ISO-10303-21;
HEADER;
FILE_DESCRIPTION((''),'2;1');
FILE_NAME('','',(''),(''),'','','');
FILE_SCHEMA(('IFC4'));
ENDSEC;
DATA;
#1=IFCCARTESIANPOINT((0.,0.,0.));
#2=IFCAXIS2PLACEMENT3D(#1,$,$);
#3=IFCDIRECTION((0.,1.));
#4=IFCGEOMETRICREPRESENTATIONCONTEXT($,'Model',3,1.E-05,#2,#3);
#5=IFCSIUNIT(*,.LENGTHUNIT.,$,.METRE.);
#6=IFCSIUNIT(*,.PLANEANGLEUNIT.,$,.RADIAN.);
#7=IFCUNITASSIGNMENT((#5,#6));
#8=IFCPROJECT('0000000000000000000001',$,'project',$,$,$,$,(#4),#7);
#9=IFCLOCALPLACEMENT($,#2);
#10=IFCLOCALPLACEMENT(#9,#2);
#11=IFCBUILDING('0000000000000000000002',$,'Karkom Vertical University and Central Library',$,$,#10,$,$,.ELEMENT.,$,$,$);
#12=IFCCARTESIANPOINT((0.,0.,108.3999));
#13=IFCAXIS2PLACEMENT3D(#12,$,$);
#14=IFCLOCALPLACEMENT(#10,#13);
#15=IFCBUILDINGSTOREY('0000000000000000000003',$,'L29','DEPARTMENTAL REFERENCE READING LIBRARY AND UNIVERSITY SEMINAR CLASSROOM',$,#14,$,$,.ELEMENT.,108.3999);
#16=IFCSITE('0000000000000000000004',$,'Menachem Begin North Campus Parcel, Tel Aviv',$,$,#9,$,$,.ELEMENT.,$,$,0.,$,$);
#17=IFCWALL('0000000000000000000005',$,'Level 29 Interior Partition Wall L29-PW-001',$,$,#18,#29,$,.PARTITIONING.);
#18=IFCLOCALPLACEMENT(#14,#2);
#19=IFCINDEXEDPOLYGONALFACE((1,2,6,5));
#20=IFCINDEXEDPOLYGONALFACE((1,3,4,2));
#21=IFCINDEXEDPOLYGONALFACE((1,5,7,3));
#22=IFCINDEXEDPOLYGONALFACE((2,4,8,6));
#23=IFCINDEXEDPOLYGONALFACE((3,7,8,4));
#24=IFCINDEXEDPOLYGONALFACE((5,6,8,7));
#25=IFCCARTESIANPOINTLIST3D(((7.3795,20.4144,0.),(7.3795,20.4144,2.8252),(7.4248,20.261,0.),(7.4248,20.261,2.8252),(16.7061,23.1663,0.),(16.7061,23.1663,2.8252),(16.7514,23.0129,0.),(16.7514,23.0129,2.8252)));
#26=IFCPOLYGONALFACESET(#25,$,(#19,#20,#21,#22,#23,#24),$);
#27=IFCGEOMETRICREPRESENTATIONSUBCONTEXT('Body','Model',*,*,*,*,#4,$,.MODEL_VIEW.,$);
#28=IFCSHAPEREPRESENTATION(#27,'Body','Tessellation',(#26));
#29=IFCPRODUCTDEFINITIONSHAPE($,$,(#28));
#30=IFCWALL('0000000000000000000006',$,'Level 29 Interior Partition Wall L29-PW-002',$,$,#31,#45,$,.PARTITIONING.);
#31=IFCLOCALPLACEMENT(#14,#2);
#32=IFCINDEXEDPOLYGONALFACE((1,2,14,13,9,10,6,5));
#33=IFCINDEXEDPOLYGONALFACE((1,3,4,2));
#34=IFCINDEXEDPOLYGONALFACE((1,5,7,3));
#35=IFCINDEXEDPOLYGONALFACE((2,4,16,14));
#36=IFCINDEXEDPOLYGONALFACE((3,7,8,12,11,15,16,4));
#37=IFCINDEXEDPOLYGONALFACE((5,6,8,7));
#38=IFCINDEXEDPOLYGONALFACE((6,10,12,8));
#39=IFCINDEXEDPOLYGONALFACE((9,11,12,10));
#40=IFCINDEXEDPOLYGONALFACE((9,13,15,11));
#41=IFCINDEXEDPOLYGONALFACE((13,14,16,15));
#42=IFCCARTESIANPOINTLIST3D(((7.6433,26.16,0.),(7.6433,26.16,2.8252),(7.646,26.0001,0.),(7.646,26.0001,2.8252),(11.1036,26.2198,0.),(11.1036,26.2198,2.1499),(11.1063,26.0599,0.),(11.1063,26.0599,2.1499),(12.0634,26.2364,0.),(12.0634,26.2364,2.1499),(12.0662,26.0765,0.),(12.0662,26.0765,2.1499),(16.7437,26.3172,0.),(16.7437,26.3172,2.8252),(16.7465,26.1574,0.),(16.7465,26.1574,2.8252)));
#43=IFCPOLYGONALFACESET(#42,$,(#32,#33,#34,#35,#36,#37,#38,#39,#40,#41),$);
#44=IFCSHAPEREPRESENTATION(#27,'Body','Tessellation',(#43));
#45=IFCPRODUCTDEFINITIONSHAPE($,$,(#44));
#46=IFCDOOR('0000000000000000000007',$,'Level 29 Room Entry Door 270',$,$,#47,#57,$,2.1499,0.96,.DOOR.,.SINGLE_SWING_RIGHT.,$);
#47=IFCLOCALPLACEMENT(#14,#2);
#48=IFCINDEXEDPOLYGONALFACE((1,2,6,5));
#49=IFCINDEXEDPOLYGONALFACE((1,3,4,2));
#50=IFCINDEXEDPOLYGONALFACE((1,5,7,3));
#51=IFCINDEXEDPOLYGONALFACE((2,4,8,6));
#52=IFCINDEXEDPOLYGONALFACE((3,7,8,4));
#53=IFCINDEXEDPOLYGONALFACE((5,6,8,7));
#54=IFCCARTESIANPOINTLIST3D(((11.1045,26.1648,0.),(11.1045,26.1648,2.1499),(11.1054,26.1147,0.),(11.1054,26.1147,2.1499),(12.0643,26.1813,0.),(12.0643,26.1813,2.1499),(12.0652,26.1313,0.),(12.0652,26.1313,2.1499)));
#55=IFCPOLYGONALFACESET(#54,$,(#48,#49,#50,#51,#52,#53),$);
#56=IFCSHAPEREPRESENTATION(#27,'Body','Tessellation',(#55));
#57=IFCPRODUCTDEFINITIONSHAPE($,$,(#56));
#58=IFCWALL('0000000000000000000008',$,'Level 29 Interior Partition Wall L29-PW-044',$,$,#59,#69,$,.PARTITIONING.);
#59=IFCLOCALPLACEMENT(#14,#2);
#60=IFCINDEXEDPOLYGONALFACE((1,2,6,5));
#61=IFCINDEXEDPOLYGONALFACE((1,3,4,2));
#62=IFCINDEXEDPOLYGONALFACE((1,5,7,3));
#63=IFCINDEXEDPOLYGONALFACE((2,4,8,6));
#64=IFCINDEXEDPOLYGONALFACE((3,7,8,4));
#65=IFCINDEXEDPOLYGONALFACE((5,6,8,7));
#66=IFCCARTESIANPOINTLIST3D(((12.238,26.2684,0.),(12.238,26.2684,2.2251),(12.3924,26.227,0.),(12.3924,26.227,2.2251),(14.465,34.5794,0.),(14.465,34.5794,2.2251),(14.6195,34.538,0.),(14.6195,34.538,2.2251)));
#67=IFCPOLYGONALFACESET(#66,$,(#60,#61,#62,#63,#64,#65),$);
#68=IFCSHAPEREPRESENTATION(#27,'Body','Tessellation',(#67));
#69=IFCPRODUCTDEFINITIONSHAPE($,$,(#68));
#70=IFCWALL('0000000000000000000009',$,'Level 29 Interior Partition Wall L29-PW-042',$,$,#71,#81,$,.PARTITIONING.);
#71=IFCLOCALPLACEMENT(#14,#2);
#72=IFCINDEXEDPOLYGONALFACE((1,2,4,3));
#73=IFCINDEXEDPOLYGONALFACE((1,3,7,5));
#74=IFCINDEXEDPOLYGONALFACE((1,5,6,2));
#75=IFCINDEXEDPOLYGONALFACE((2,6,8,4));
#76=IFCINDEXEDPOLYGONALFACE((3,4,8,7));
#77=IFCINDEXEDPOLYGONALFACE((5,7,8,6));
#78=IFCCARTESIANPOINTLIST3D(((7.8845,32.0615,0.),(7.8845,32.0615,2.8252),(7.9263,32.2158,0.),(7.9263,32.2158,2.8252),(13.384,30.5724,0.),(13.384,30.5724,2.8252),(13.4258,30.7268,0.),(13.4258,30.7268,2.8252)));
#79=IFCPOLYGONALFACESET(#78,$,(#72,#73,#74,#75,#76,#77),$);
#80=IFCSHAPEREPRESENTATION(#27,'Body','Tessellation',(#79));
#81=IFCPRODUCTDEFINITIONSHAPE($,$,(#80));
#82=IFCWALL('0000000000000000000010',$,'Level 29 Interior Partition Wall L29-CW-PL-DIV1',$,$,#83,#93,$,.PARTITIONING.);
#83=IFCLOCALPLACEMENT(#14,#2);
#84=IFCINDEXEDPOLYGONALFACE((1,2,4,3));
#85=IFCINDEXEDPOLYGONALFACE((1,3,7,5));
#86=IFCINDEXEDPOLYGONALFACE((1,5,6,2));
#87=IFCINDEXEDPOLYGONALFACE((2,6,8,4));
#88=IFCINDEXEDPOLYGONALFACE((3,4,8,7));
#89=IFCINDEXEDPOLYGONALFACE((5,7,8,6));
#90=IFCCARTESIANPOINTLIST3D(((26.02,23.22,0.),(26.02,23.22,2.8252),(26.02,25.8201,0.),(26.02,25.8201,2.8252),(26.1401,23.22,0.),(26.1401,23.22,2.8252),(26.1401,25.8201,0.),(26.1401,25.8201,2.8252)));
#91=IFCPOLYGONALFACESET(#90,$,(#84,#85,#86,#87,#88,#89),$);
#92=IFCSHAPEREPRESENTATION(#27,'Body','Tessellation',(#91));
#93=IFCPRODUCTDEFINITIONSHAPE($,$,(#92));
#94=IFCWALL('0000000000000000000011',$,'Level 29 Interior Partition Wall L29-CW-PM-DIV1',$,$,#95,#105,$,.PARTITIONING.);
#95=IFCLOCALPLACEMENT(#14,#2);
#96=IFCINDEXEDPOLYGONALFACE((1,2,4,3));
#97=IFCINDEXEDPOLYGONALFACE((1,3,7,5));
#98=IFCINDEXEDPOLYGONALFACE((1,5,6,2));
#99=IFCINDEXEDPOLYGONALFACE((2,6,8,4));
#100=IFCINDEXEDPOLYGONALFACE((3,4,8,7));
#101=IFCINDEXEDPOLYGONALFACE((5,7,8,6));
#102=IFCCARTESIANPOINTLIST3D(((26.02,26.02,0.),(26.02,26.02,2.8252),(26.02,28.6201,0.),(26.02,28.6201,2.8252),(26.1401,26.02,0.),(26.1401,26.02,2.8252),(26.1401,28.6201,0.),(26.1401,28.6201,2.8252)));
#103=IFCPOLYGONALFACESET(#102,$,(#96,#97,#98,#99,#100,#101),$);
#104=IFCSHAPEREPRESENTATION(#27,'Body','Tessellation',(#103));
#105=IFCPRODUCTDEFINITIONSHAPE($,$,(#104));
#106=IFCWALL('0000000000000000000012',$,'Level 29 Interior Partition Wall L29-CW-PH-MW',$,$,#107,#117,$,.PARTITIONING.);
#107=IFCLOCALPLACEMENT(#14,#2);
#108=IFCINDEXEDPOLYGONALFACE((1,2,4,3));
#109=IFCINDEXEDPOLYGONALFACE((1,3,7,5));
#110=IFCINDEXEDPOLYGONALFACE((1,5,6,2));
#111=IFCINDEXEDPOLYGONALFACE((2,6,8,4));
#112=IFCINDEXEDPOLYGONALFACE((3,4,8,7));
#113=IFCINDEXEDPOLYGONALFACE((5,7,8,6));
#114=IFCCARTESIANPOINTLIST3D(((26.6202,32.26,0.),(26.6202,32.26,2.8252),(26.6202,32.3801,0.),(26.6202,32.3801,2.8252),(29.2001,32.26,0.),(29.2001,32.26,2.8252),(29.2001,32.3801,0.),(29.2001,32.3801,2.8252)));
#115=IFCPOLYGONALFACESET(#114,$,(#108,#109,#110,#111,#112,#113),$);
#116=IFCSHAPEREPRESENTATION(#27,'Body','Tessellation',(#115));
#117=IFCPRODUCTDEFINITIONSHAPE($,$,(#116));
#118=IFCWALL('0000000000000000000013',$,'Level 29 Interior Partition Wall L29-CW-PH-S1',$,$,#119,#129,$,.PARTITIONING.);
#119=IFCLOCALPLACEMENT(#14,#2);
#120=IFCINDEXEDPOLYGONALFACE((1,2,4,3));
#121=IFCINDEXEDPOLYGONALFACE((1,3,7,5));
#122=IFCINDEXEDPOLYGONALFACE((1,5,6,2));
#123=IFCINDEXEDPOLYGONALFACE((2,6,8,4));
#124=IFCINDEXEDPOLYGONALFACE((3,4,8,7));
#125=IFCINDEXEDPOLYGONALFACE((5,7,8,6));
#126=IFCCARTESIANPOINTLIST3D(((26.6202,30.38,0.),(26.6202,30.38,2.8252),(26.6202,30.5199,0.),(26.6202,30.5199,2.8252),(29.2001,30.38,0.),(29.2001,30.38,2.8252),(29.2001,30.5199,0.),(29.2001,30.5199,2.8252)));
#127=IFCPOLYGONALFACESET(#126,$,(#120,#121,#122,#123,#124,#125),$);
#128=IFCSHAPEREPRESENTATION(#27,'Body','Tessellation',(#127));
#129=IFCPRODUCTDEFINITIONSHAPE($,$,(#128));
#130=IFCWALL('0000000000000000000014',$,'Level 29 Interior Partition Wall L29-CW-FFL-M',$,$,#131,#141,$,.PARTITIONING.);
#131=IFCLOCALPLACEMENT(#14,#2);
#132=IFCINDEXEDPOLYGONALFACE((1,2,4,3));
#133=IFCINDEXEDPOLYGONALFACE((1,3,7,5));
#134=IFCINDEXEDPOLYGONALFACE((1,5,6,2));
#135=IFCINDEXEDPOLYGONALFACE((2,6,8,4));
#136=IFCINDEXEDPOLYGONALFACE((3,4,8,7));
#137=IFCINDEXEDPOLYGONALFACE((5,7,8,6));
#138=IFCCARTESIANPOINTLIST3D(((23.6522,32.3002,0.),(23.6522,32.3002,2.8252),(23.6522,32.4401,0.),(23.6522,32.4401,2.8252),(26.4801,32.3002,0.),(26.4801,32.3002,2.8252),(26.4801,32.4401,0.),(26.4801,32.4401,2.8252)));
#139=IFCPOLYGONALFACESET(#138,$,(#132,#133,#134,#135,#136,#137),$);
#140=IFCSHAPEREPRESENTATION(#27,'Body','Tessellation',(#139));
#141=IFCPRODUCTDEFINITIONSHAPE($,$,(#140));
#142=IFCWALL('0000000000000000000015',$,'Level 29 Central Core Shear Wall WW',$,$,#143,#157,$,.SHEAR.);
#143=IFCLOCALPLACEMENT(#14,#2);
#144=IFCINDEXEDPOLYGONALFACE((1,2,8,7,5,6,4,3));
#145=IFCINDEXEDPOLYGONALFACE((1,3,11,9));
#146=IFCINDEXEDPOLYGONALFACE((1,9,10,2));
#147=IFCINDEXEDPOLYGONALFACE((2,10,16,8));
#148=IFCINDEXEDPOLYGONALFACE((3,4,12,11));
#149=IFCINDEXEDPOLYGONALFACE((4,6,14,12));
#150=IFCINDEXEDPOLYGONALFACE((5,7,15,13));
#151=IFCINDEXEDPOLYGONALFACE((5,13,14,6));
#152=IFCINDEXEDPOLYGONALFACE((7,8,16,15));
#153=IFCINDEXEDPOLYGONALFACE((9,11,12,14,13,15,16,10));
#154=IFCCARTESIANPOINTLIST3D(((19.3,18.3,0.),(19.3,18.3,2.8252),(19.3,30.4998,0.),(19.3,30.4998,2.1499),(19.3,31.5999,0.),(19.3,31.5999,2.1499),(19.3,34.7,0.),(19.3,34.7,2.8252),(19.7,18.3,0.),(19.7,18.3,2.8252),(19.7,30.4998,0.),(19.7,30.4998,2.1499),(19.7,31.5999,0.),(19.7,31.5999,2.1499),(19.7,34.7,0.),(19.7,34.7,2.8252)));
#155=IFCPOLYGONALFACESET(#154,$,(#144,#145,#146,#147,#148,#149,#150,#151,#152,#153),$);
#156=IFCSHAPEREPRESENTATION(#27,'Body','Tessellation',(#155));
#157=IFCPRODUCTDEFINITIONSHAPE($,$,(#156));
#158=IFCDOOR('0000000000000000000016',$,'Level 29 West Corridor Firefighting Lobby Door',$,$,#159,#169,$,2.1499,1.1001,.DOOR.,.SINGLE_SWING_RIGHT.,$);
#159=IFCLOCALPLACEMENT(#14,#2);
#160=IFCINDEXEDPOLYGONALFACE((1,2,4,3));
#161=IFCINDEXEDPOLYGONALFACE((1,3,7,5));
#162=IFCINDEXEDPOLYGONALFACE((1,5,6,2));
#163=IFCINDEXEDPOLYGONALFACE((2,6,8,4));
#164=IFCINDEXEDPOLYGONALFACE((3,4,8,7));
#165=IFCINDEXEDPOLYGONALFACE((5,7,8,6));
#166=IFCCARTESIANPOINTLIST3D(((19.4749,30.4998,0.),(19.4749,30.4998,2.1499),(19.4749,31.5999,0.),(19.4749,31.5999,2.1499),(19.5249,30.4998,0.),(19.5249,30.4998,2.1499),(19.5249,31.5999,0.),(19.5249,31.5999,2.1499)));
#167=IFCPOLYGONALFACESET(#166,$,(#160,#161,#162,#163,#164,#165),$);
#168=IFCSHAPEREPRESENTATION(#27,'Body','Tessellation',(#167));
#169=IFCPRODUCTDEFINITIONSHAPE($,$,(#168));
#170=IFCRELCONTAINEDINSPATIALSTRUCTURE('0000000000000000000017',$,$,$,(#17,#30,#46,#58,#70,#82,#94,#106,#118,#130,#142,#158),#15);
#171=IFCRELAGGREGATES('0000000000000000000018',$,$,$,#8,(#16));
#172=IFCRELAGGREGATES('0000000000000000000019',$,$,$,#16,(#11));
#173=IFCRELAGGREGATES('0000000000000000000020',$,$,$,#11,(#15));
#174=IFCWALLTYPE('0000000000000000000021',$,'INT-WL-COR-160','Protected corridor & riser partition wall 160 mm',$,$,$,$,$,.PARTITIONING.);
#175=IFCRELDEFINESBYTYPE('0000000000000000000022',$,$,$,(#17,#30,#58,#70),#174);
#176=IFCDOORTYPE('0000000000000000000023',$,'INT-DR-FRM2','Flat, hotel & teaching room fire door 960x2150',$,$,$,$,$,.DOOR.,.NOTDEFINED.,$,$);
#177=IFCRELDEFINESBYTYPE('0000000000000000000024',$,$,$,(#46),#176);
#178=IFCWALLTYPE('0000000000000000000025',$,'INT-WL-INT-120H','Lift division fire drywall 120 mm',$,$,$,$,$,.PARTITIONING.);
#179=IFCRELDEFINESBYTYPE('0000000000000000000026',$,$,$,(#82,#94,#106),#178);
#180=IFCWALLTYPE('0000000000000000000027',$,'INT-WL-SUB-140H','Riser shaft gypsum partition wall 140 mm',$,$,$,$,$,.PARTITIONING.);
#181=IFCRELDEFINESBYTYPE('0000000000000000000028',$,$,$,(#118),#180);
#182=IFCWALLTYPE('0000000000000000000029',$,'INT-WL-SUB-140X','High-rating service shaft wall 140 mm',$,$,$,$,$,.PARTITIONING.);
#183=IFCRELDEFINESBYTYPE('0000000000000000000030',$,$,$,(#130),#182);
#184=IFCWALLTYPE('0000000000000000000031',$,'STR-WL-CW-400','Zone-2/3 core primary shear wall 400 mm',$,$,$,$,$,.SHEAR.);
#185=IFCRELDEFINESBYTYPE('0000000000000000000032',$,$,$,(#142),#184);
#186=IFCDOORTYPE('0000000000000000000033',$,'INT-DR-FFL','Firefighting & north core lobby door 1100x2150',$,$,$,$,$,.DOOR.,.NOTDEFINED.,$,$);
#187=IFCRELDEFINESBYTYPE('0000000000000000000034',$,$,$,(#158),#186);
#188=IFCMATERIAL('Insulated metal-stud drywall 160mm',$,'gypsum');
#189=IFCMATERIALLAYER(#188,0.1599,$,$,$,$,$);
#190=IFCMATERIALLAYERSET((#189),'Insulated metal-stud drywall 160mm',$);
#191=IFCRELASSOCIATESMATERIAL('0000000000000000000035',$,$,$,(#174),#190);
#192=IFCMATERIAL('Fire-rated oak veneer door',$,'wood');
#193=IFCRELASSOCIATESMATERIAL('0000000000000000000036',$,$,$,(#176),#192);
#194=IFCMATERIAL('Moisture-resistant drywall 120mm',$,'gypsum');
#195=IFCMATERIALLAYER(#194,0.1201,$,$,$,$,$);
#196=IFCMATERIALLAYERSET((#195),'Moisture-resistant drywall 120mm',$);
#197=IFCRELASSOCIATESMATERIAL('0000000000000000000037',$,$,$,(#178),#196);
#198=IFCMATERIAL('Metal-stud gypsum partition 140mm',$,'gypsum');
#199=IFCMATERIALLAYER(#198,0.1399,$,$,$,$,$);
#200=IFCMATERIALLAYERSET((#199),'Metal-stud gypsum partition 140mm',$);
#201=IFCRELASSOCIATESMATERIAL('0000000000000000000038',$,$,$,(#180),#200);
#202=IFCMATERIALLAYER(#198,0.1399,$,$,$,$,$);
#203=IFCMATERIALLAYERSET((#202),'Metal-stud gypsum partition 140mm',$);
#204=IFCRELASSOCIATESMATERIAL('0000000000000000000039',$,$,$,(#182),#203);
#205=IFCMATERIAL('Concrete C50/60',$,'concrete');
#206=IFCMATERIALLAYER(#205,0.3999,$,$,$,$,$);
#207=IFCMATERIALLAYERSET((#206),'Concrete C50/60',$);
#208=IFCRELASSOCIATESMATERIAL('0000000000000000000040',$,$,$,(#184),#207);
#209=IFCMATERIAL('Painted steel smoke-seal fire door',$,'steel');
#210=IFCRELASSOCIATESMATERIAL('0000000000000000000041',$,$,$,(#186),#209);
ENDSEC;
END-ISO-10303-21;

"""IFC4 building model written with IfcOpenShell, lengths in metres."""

from ifc_helpers import new_model, si_unit, direction, frame, frame_2d, origin, origin_with_axes, place, context, subcontext, project, spatial, rectangle, extrude, source, transform, mapped, material, layer, layer_set, type_object, element, fill, save


model = new_model("IFC4")

# Units and contexts
model_context = context("Model", 3, precision=1e-05, world=origin(), true_north=direction((0.0, 1.0)))
body_context = subcontext(model_context, "Body", "Model", "MODEL_VIEW")
ifc_project = project(units=[si_unit("LENGTHUNIT", "METRE"), si_unit("PLANEANGLEUNIT", "RADIAN")], contexts=[model_context])

# Site, building, storey
site_placement = place(None, origin())
site = spatial("IfcSite", under=ifc_project, at=site_placement, Name="Menachem Begin North Campus Parcel, Tel Aviv", CompositionType="ELEMENT", RefElevation=0.0)
building_placement = place(site_placement, origin())
building = spatial("IfcBuilding", under=site, at=building_placement, Name="Karkom Vertical University and Central Library", CompositionType="ELEMENT")
storey_placement = place(building_placement, frame((0.0, 0.0, 108.3999)))
storey = spatial("IfcBuildingStorey", under=building, at=storey_placement, Name="L29", Description="DEPARTMENTAL REFERENCE READING LIBRARY AND UNIVERSITY SEMINAR CLASSROOM", CompositionType="ELEMENT", Elevation=108.3999)

# Shared definitions
ifc_material_1 = material(Name="Concrete C50/60", Category="concrete")

# Wall
ifc_material_2 = material(Name="Insulated metal-stud drywall 160mm", Category="gypsum")
ifc_layer_1 = layer(ifc_material_2, 0.1599)
ifc_layer_set_1 = layer_set([ifc_layer_1], Name="Insulated metal-stud drywall 160mm")
wall_type_1 = type_object("IfcWallType", Name="INT-WL-COR-160", Description="Protected corridor & riser partition wall 160 mm", PredefinedType="PARTITIONING", material=ifc_layer_set_1)
wall_1_placement = place(storey_placement, frame((16.7288, 23.0896, 0.0), z_axis=(0.0, 0.0, 1.0), x_axis=(-0.95912, -0.283001, 0.0)))
element("IfcWall", 1, at=wall_1_placement, inside=storey, type_object=wall_type_1, Name="Level 29 Interior Partition Wall L29-PW-001", PredefinedType="PARTITIONING", context=body_context, shape_type="SweptSolid", body=[
    extrude(rectangle(XDim=9.7241, YDim=0.1599, at=frame_2d((4.8621, 0.0))), origin(), (0.0, 0.0, 1.0), 2.8252),
])

# Wall, opening, door
wall_2_placement = place(storey_placement, frame((7.6448, 26.0801, 0.0), z_axis=(0.0, 0.0, 1.0), x_axis=(0.999851, 0.017274, 0.0)))
wall_2 = element("IfcWall", 2, at=wall_2_placement, inside=storey, type_object=wall_type_1, Name="Level 29 Interior Partition Wall L29-PW-002", PredefinedType="PARTITIONING", context=body_context, shape_type="SweptSolid", body=[
    extrude(rectangle(XDim=9.1018, YDim=0.1599, at=frame_2d((4.5508, 0.0))), origin(), (0.0, 0.0, 1.0), 2.8252),
])
opening_1_placement = place(wall_2_placement, frame((3.4607, 0.0, 0.0)))
opening_1 = element("IfcOpeningElement", 3, at=opening_1_placement, cuts=wall_2, PredefinedType="OPENING", context=body_context, shape_type="SweptSolid", body=[
    extrude(rectangle(XDim=0.96, YDim=2.1499, at=frame_2d((0.48, 1.075))), frame((0.0, 0.0898, 0.0), z_axis=(0.0, -1.0, 0.0), x_axis=(1.0, 0.0, 0.0)), (0.0, 0.0, 1.0), 0.1799),
])
ifc_material_3 = material(Name="Fire-rated oak veneer door", Category="wood")
door_type_1 = type_object("IfcDoorType", Name="INT-DR-FRM2", Description="Flat, hotel & teaching room fire door 960x2150", OperationType="NOTDEFINED", PredefinedType="DOOR", material=ifc_material_3)
shared_shape_1 = source(origin_with_axes(), body_context, "Body", "SweptSolid", [
    extrude(rectangle(XDim=0.96, YDim=2.1499, at=frame_2d((0.48, 1.075))), frame((0.0, 0.0249, 0.0), z_axis=(0.0, -1.0, 0.0), x_axis=(1.0, 0.0, 0.0)), (0.0, 0.0, 1.0), 0.05),
])
door_1_placement = place(opening_1_placement, origin())
door_1 = element("IfcDoor", 4, at=door_1_placement, inside=storey, type_object=door_type_1, Name="Level 29 Room Entry Door 270", OperationType="SINGLE_SWING_RIGHT", OverallHeight=2.1499, OverallWidth=0.96, PredefinedType="DOOR", context=body_context, shape_type="MappedRepresentation", body=[
    mapped(shared_shape_1, transform((0.0, 0.0, 0.0), scale=1.0)),
])
fill(opening_1, door_1)

# Walls
wall_3_placement = place(storey_placement, frame((12.3152, 26.2476, 0.0), z_axis=(0.0, 0.0, 1.0), x_axis=(0.258832, 0.965922, 0.0)))
element("IfcWall", 5, at=wall_3_placement, inside=storey, type_object=wall_type_1, Name="Level 29 Interior Partition Wall L29-PW-044", PredefinedType="PARTITIONING", context=body_context, shape_type="SweptSolid", body=[
    extrude(rectangle(XDim=8.6042, YDim=0.1599, at=frame_2d((4.3022, 0.0))), origin(), (0.0, 0.0, 1.0), 2.2251),
])
wall_4_placement = place(storey_placement, frame((13.4048, 30.6497, 0.0), z_axis=(0.0, 0.0, 1.0), x_axis=(-0.965246, 0.261344, 0.0)))
element("IfcWall", 6, at=wall_4_placement, inside=storey, type_object=wall_type_1, Name="Level 29 Interior Partition Wall L29-PW-042", PredefinedType="PARTITIONING", context=body_context, shape_type="SweptSolid", body=[
    extrude(rectangle(XDim=5.6975, YDim=0.1599, at=frame_2d((2.8486, 0.0))), origin(), (0.0, 0.0, 1.0), 2.8252),
])
ifc_material_4 = material(Name="Moisture-resistant drywall 120mm", Category="gypsum")
ifc_layer_2 = layer(ifc_material_4, 0.1201)
ifc_layer_set_2 = layer_set([ifc_layer_2], Name="Moisture-resistant drywall 120mm")
wall_type_2 = type_object("IfcWallType", Name="INT-WL-INT-120H", Description="Lift division fire drywall 120 mm", PredefinedType="PARTITIONING", material=ifc_layer_set_2)
for number, where, z_axis, x_axis, name in (
    (7, (26.0801, 23.22, 0.0), (0.0, 0.0, 1.0), (0.0, 1.0, 0.0), "Level 29 Interior Partition Wall L29-CW-PL-DIV1"),
    (8, (26.0801, 26.02, 0.0), (0.0, 0.0, 1.0), (0.0, 1.0, 0.0), "Level 29 Interior Partition Wall L29-CW-PM-DIV1"),
):
    element("IfcWall", number, at=place(storey_placement, frame(where, z_axis=z_axis, x_axis=x_axis)), inside=storey, type_object=wall_type_2, Name=name, PredefinedType="PARTITIONING", context=body_context, shape_type="SweptSolid", body=[
        extrude(rectangle(XDim=2.6001, YDim=0.1201, at=frame_2d((1.3, 0.0))), origin(), (0.0, 0.0, 1.0), 2.8252),
    ])
wall_5_placement = place(storey_placement, frame((26.6201, 32.3201, 0.0), z_axis=(0.0, 0.0, 1.0), x_axis=(1.0, 0.0, 0.0)))
element("IfcWall", 9, at=wall_5_placement, inside=storey, type_object=wall_type_2, Name="Level 29 Interior Partition Wall L29-CW-PH-MW", PredefinedType="PARTITIONING", context=body_context, shape_type="SweptSolid", body=[
    extrude(rectangle(XDim=2.5798, YDim=0.1201, at=frame_2d((1.29, 0.0))), origin(), (0.0, 0.0, 1.0), 2.8252),
])
ifc_material_5 = material(Name="Metal-stud gypsum partition 140mm", Category="gypsum")
ifc_layer_3 = layer(ifc_material_5, 0.1399)
ifc_layer_set_3 = layer_set([ifc_layer_3], Name="Metal-stud gypsum partition 140mm")
wall_type_3 = type_object("IfcWallType", Name="INT-WL-SUB-140H", Description="Riser shaft gypsum partition wall 140 mm", PredefinedType="PARTITIONING", material=ifc_layer_set_3)
wall_6_placement = place(storey_placement, frame((26.6201, 30.45, 0.0), z_axis=(0.0, 0.0, 1.0), x_axis=(1.0, 0.0, 0.0)))
element("IfcWall", 10, at=wall_6_placement, inside=storey, type_object=wall_type_3, Name="Level 29 Interior Partition Wall L29-CW-PH-S1", PredefinedType="PARTITIONING", context=body_context, shape_type="SweptSolid", body=[
    extrude(rectangle(XDim=2.5798, YDim=0.1399, at=frame_2d((1.29, 0.0))), origin(), (0.0, 0.0, 1.0), 2.8252),
])
ifc_layer_4 = layer(ifc_material_5, 0.1399)
ifc_layer_set_4 = layer_set([ifc_layer_4], Name="Metal-stud gypsum partition 140mm")
wall_type_4 = type_object("IfcWallType", Name="INT-WL-SUB-140X", Description="High-rating service shaft wall 140 mm", PredefinedType="PARTITIONING", material=ifc_layer_set_4)
wall_7_placement = place(storey_placement, frame((23.6521, 32.3701, 0.0), z_axis=(0.0, 0.0, 1.0), x_axis=(1.0, 0.0, 0.0)))
element("IfcWall", 11, at=wall_7_placement, inside=storey, type_object=wall_type_4, Name="Level 29 Interior Partition Wall L29-CW-FFL-M", PredefinedType="PARTITIONING", context=body_context, shape_type="SweptSolid", body=[
    extrude(rectangle(XDim=2.8279, YDim=0.1399, at=frame_2d((1.4141, 0.0))), origin(), (0.0, 0.0, 1.0), 2.8252),
])

# Wall, opening, door
ifc_layer_5 = layer(ifc_material_1, 0.3999)
ifc_layer_set_5 = layer_set([ifc_layer_5], Name="Concrete C50/60")
wall_type_5 = type_object("IfcWallType", Name="STR-WL-CW-400", Description="Zone-2/3 core primary shear wall 400 mm", PredefinedType="SHEAR", material=ifc_layer_set_5)
wall_8_placement = place(storey_placement, frame((19.5, 34.7, 0.0), z_axis=(0.0, 0.0, 1.0), x_axis=(0.0, -1.0, 0.0)))
wall_8 = element("IfcWall", 12, at=wall_8_placement, inside=storey, type_object=wall_type_5, Name="Level 29 Central Core Shear Wall WW", PredefinedType="SHEAR", context=body_context, shape_type="SweptSolid", body=[
    extrude(rectangle(XDim=16.3999, YDim=0.3999, at=frame_2d((8.2, 0.0))), origin(), (0.0, 0.0, 1.0), 2.8252),
])
opening_2_placement = place(wall_8_placement, frame((3.1001, 0.0, 0.0)))
opening_2 = element("IfcOpeningElement", 13, at=opening_2_placement, cuts=wall_8, PredefinedType="OPENING", context=body_context, shape_type="SweptSolid", body=[
    extrude(rectangle(XDim=1.1001, YDim=2.1499, at=frame_2d((0.55, 1.075))), frame((0.0, 0.21, 0.0), z_axis=(0.0, -1.0, 0.0), x_axis=(1.0, 0.0, 0.0)), (0.0, 0.0, 1.0), 0.4199),
])
ifc_material_6 = material(Name="Painted steel smoke-seal fire door", Category="steel")
door_type_2 = type_object("IfcDoorType", Name="INT-DR-FFL", Description="Firefighting & north core lobby door 1100x2150", OperationType="NOTDEFINED", PredefinedType="DOOR", material=ifc_material_6)
shared_shape_2 = source(origin_with_axes(), body_context, "Body", "SweptSolid", [
    extrude(rectangle(XDim=1.1001, YDim=2.1499, at=frame_2d((0.55, 1.075))), frame((0.0, 0.0249, 0.0), z_axis=(0.0, -1.0, 0.0), x_axis=(1.0, 0.0, 0.0)), (0.0, 0.0, 1.0), 0.05),
])
door_2_placement = place(opening_2_placement, origin())
door_2 = element("IfcDoor", 14, at=door_2_placement, inside=storey, type_object=door_type_2, Name="Level 29 West Corridor Firefighting Lobby Door", OperationType="SINGLE_SWING_RIGHT", OverallHeight=2.1499, OverallWidth=1.1001, PredefinedType="DOOR", context=body_context, shape_type="MappedRepresentation", body=[
    mapped(shared_shape_2, transform((0.0, 0.0, 0.0), scale=1.0)),
])
fill(opening_2, door_2)

save(model, "model.ifc")
